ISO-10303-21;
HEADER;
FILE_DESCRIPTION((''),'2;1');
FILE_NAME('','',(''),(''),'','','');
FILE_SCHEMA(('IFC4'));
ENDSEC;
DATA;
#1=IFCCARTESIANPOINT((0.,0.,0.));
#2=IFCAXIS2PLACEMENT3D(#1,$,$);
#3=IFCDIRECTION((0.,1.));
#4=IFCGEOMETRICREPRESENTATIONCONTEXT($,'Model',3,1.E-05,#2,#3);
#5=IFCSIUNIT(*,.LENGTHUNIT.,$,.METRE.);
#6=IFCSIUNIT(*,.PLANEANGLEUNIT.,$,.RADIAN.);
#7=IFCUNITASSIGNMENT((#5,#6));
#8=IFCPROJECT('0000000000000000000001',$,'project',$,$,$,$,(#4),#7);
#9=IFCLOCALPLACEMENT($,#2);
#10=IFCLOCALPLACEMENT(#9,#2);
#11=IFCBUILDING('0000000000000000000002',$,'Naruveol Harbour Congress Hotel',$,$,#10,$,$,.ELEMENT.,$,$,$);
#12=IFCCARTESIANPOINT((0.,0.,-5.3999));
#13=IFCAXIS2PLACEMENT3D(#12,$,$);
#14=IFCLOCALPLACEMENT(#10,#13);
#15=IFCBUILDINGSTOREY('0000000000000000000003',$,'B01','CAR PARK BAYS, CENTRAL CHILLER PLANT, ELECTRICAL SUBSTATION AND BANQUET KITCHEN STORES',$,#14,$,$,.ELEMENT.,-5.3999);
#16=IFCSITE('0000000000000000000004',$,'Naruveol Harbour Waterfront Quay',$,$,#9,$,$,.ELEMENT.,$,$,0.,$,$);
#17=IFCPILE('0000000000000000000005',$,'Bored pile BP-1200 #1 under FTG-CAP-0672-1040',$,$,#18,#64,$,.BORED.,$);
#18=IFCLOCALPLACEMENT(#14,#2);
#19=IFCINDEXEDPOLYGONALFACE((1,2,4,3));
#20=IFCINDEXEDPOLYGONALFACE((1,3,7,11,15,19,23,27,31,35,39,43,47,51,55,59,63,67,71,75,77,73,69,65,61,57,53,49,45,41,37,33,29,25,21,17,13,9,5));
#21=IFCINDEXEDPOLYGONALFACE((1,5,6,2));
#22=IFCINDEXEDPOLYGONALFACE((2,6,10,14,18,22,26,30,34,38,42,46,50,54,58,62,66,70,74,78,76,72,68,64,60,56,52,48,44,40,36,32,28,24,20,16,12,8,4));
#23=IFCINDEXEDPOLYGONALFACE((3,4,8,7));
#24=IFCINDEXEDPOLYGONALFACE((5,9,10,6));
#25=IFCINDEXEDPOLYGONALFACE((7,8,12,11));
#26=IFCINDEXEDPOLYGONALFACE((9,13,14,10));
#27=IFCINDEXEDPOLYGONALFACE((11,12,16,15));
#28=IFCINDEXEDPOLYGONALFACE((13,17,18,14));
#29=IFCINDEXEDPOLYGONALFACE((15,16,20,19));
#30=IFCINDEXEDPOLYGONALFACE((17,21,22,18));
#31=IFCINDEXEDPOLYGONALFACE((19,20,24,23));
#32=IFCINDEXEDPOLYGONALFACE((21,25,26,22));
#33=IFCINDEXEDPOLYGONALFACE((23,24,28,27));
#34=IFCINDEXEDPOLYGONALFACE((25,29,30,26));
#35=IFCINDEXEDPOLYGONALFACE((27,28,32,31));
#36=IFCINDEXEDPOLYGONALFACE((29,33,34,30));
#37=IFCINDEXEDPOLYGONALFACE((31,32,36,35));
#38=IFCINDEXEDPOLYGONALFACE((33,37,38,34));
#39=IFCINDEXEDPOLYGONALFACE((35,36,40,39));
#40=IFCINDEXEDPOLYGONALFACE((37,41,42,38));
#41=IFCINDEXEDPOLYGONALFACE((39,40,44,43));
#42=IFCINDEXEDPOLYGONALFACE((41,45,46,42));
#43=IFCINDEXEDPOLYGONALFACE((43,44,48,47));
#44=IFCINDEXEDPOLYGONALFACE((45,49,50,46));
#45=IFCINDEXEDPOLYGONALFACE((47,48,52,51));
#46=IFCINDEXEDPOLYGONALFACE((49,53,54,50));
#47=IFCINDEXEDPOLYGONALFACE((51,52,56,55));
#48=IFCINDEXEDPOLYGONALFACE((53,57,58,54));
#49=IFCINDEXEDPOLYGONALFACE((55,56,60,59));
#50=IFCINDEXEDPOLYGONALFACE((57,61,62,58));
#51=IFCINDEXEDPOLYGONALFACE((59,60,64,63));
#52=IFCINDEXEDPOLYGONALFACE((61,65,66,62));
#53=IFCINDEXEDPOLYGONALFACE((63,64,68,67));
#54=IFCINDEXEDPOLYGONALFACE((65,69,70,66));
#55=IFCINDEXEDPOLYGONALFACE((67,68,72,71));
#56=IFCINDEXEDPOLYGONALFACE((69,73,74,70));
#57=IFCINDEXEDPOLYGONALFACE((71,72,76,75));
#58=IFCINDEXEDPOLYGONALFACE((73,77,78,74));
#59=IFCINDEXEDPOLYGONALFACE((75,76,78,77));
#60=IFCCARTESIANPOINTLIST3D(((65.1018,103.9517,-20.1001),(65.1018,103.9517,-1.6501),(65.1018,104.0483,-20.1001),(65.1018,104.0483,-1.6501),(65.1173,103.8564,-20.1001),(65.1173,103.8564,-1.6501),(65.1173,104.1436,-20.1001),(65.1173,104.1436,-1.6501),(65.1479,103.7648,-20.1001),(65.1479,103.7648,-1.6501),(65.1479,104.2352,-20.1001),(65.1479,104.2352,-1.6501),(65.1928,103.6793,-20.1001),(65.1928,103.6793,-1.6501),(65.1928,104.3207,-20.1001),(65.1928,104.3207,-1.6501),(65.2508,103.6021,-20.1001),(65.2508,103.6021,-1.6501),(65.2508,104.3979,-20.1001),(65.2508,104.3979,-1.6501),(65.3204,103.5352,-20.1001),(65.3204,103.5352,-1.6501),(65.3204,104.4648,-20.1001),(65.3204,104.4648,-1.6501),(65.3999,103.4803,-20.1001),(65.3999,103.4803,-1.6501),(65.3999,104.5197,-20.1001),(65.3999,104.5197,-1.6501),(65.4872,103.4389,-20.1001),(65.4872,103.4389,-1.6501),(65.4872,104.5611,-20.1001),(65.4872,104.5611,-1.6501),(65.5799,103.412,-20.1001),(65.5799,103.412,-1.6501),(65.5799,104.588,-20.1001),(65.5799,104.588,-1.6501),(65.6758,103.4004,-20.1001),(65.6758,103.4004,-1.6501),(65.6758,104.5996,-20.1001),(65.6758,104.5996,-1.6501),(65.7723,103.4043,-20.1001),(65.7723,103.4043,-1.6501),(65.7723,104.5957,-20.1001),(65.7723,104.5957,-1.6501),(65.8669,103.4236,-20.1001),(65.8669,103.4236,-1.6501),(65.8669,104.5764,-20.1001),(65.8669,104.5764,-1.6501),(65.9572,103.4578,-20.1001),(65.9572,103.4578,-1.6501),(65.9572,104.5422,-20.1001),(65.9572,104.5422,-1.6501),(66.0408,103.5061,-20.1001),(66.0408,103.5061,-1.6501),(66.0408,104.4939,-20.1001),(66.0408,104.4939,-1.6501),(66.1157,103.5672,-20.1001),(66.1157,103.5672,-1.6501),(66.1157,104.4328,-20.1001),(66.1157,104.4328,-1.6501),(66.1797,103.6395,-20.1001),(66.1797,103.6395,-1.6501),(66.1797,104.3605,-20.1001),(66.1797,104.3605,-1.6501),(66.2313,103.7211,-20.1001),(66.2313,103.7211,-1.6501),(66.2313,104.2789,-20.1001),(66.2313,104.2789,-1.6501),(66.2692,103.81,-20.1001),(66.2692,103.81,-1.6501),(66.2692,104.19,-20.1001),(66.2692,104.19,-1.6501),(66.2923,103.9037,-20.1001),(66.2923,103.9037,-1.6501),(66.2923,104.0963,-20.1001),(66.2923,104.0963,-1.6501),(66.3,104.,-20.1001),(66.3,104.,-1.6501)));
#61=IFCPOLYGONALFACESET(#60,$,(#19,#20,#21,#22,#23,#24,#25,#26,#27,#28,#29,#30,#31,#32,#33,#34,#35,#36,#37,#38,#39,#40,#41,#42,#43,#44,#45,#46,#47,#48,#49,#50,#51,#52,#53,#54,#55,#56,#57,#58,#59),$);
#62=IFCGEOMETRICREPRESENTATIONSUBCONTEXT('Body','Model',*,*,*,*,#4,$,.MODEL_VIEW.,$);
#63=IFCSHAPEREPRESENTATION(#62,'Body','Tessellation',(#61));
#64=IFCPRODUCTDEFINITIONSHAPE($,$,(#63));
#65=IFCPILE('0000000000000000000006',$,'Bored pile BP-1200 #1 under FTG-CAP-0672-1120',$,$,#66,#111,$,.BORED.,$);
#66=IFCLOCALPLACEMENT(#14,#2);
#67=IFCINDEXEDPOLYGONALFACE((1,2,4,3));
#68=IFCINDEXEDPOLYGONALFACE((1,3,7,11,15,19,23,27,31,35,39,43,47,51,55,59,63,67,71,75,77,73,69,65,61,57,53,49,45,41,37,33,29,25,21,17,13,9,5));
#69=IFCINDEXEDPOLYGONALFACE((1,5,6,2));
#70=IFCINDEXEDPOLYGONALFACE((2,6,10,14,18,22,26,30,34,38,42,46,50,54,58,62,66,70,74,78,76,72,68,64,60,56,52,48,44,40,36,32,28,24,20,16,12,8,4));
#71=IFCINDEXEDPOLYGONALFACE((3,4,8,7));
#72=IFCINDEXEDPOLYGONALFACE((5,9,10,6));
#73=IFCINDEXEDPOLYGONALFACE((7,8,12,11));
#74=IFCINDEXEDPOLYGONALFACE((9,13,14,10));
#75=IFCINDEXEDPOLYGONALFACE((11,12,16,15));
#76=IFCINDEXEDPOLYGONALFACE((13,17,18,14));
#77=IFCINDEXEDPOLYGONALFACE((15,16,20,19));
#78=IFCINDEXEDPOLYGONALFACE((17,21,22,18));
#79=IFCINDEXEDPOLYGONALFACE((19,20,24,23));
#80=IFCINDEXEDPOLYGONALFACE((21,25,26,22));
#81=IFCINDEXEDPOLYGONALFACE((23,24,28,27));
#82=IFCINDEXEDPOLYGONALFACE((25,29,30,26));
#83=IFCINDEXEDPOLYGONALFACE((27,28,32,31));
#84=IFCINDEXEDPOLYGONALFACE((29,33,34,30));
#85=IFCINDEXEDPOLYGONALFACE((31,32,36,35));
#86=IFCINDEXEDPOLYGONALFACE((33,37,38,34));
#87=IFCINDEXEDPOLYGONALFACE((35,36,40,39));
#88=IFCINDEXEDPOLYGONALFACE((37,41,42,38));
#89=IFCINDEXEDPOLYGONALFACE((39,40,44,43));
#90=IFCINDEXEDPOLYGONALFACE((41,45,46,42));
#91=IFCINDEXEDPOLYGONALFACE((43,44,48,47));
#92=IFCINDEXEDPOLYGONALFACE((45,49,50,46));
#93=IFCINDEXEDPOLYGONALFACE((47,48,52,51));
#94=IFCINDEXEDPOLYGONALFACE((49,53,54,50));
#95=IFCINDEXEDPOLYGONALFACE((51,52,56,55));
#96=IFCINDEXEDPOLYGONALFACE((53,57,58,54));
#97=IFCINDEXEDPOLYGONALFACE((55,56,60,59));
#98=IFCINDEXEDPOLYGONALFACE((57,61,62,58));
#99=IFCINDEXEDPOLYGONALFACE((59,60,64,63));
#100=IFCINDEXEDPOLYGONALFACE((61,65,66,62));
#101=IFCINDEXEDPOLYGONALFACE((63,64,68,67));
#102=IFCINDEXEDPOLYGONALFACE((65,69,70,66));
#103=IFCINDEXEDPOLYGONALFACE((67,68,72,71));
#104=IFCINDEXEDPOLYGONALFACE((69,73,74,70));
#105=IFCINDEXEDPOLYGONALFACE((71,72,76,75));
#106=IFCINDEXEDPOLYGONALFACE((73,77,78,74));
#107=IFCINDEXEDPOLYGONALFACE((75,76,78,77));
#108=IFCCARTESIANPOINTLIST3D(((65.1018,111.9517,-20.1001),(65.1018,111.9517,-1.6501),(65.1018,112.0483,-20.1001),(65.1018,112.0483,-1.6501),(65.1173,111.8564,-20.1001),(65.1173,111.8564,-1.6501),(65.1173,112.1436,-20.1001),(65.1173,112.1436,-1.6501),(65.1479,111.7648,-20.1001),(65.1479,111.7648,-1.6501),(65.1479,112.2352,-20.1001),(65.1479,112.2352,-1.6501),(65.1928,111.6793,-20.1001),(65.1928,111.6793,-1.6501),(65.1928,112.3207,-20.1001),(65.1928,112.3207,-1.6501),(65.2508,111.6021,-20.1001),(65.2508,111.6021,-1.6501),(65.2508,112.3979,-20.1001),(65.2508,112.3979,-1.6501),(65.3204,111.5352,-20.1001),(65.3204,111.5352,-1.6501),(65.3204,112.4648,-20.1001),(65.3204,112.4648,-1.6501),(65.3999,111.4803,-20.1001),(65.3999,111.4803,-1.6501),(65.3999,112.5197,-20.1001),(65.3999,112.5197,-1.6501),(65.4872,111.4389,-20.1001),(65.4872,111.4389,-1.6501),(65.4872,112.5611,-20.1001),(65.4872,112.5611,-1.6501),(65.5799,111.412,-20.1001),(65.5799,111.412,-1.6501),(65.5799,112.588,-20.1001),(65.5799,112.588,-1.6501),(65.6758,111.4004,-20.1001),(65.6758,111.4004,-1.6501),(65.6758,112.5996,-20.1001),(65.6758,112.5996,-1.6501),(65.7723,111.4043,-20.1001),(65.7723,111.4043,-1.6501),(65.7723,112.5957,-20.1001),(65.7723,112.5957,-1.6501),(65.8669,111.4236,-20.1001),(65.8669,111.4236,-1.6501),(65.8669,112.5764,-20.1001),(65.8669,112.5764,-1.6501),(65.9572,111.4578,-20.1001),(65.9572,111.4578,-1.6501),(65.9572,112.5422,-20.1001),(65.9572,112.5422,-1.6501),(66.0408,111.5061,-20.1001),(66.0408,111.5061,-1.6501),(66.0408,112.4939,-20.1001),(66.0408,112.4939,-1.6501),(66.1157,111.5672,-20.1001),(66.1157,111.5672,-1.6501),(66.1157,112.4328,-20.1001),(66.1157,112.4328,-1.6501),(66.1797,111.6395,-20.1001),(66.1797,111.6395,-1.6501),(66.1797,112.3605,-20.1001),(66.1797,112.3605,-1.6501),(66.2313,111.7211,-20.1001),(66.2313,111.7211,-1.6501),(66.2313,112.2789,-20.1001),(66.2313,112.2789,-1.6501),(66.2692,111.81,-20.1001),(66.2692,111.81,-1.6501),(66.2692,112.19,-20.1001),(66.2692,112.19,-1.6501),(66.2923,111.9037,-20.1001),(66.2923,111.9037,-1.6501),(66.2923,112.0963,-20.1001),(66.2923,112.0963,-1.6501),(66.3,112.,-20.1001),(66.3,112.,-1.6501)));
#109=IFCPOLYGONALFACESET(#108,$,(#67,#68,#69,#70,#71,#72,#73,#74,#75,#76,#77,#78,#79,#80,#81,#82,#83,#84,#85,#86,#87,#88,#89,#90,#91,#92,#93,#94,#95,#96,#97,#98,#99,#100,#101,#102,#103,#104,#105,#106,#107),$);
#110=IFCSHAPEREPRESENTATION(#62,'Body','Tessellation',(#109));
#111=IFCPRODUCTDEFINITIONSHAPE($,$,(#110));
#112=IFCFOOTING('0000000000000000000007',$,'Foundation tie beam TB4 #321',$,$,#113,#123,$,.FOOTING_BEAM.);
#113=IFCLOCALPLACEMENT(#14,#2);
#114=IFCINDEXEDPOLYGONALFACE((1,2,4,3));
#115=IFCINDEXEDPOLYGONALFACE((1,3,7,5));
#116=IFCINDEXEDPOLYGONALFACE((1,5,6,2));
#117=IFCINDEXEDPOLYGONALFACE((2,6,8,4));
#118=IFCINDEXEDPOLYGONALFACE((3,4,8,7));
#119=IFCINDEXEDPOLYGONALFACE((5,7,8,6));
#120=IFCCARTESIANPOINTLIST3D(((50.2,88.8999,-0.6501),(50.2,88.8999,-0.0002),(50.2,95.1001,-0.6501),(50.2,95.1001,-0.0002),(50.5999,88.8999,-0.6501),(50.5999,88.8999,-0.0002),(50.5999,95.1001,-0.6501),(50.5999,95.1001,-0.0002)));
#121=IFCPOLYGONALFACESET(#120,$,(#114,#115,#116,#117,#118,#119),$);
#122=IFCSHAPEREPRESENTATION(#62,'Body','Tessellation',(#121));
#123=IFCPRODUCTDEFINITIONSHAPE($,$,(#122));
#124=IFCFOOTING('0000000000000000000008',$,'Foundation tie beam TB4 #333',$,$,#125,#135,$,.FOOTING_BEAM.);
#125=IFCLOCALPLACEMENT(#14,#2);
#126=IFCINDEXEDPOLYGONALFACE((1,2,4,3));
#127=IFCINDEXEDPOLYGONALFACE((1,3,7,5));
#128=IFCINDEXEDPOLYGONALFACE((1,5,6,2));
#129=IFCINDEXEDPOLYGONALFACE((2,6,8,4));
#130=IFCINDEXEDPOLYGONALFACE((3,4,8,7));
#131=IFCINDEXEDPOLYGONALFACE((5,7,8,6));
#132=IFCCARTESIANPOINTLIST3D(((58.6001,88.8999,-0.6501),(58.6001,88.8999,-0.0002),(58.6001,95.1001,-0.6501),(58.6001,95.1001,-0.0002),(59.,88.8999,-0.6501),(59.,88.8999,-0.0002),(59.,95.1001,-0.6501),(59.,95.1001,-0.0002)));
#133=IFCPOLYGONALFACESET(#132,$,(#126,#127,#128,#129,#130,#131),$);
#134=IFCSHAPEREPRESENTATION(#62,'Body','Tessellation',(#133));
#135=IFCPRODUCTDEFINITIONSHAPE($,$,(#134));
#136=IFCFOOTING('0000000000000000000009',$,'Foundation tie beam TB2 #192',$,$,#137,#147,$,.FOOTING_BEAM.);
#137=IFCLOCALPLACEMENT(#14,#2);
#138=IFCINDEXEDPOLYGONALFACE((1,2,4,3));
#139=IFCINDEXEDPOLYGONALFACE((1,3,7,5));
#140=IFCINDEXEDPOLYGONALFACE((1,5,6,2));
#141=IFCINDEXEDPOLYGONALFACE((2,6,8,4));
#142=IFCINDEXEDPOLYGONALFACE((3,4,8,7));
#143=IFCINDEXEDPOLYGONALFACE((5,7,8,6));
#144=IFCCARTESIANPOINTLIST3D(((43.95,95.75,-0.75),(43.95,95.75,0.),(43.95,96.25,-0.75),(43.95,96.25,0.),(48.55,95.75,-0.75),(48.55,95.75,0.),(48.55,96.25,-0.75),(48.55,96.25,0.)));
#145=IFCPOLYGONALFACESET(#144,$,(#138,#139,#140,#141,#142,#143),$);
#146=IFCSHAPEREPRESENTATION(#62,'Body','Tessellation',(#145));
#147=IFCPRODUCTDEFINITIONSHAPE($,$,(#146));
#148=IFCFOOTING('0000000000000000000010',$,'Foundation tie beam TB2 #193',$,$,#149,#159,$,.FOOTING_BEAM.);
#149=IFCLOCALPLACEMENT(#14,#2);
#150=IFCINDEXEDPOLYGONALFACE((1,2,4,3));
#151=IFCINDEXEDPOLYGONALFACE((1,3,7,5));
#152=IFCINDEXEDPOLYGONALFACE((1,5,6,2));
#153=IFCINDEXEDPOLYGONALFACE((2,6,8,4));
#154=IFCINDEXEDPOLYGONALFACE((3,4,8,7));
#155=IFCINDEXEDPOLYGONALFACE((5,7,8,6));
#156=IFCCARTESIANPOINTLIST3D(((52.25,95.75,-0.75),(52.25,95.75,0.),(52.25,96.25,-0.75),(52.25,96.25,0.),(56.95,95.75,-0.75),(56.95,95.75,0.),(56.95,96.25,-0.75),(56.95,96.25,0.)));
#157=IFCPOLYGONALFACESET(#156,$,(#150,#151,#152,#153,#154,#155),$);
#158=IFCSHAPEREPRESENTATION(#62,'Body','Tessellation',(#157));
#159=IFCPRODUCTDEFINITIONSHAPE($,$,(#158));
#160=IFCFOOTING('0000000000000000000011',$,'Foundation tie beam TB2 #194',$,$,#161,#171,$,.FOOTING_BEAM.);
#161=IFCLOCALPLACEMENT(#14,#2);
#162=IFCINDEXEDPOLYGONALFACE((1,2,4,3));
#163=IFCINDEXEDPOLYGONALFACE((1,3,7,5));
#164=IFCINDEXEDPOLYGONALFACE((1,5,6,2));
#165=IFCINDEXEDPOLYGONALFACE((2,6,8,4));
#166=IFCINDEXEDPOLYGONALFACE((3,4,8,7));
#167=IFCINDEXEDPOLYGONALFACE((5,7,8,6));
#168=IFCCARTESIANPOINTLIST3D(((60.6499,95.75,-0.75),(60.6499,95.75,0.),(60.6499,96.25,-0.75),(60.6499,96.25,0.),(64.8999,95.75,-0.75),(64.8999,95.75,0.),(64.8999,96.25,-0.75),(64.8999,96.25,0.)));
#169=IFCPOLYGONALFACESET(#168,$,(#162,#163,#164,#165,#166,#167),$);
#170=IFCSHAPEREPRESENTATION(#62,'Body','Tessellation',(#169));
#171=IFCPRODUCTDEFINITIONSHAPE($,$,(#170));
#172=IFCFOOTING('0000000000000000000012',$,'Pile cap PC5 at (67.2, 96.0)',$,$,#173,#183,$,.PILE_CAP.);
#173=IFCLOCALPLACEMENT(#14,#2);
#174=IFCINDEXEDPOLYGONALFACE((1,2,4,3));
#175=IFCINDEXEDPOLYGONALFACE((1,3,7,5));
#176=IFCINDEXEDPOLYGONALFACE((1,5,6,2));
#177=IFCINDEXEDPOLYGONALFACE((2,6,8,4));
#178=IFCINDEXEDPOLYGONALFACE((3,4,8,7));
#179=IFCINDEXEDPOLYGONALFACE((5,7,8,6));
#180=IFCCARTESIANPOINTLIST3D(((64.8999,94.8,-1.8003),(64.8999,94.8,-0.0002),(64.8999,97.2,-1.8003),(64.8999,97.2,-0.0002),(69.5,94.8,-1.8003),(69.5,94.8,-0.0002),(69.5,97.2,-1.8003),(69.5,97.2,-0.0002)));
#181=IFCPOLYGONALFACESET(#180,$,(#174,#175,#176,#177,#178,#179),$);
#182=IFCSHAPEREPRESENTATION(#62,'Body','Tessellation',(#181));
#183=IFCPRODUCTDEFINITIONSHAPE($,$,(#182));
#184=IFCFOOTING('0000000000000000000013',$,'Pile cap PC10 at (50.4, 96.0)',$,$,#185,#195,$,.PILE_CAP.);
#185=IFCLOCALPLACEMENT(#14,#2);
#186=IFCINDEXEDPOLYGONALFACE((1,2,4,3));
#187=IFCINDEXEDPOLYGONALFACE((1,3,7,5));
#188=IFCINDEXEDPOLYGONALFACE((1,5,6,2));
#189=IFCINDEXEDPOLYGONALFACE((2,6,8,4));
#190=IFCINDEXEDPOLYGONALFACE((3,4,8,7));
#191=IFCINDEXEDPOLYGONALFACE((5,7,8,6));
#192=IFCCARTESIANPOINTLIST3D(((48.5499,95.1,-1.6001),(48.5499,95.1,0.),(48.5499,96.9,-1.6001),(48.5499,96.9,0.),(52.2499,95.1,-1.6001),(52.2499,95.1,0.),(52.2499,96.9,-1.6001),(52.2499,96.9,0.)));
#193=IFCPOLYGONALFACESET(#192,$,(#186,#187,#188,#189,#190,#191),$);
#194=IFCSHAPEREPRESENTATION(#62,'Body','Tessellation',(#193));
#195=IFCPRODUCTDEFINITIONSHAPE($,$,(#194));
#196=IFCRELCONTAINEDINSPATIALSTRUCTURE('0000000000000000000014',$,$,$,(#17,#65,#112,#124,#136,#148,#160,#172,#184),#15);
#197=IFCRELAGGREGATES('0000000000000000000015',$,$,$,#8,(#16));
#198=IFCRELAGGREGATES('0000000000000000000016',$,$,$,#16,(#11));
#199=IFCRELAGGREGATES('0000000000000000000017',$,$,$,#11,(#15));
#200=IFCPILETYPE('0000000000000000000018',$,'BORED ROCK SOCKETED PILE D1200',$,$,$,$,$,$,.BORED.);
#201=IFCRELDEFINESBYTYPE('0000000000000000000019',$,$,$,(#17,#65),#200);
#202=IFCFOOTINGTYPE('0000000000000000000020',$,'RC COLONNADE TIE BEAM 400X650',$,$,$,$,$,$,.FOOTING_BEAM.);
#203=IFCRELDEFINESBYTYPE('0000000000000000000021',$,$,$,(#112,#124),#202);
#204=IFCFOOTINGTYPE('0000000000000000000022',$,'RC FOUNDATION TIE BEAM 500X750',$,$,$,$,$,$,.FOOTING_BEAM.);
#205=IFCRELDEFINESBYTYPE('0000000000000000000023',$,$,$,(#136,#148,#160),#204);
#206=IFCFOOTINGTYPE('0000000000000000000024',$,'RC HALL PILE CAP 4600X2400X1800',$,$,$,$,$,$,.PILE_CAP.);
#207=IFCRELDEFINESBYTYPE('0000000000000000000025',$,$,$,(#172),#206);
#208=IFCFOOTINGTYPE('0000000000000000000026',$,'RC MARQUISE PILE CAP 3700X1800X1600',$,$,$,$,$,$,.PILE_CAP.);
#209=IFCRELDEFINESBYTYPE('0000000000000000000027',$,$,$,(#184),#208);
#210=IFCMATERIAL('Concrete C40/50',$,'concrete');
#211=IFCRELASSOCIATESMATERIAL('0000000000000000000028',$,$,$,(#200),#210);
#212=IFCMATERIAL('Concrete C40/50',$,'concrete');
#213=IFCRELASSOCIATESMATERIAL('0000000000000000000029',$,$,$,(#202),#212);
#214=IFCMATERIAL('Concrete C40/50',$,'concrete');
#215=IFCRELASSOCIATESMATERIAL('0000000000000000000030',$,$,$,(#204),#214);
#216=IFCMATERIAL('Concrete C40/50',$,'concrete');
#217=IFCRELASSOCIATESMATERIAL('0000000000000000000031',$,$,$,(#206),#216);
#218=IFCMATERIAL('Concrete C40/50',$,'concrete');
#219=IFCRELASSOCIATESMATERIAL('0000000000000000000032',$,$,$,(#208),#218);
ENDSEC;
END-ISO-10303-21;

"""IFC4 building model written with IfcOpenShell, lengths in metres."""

from ifc_helpers import new_model, si_unit, direction, frame, origin, origin_2d, place, context, subcontext, project, spatial, rectangle, circle, extrude, material, material_profile, profile_set, type_object, element, save


model = new_model("IFC4")

# Units and contexts
model_context = context("Model", 3, precision=1e-05, world=origin(), true_north=direction((0.0, 1.0)))
body_context = subcontext(model_context, "Body", "Model", "MODEL_VIEW")
ifc_project = project(units=[si_unit("LENGTHUNIT", "METRE"), si_unit("PLANEANGLEUNIT", "RADIAN")], contexts=[model_context])

# Site, building, storey
site_placement = place(None, origin())
site = spatial("IfcSite", under=ifc_project, at=site_placement, Name="Naruveol Harbour Waterfront Quay", CompositionType="ELEMENT", RefElevation=0.0)
building_placement = place(site_placement, origin())
building = spatial("IfcBuilding", under=site, at=building_placement, Name="Naruveol Harbour Congress Hotel", CompositionType="ELEMENT")
storey_placement = place(building_placement, frame((0.0, 0.0, -5.3999)))
storey = spatial("IfcBuildingStorey", under=building, at=storey_placement, Name="B01", Description="CAR PARK BAYS, CENTRAL CHILLER PLANT, ELECTRICAL SUBSTATION AND BANQUET KITCHEN STORES", CompositionType="ELEMENT", Elevation=-5.3999)

# Piles
ifc_material_1 = material(Name="Concrete C40/50", Category="concrete")
ifc_material_profile_1 = material_profile(ifc_material_1, circle(Radius=0.6001, at=origin_2d()), Name="BP-1200")
ifc_profile_set_1 = profile_set([ifc_material_profile_1], Name="Concrete C40/50")
pile_type_1 = type_object("IfcPileType", Name="BORED ROCK SOCKETED PILE D1200", PredefinedType="BORED", material=ifc_profile_set_1)
for number, where, z_axis, x_axis, name in (
    (1, (65.7, 104.0, -1.6501), (0.0, 0.0, -1.0), (1.0, 0.0, 0.0), "Bored pile BP-1200 #1 under FTG-CAP-0672-1040"),
    (2, (65.7, 112.0, -1.6501), (0.0, 0.0, -1.0), (1.0, 0.0, 0.0), "Bored pile BP-1200 #1 under FTG-CAP-0672-1120"),
):
    element("IfcPile", number, at=place(storey_placement, frame(where, z_axis=z_axis, x_axis=x_axis)), inside=storey, type_object=pile_type_1, Name=name, PredefinedType="BORED", context=body_context, shape_type="SweptSolid", body=[
        extrude(circle(Radius=0.6001, at=origin_2d()), origin(), (0.0, 0.0, 1.0), 18.45),
    ])

# Footings
ifc_material_2 = material(Name="Concrete C40/50", Category="concrete")
ifc_material_profile_2 = material_profile(ifc_material_2, rectangle(XDim=0.3999, YDim=0.6499, at=origin_2d()), Name="RCB-400x650")
ifc_profile_set_2 = profile_set([ifc_material_profile_2], Name="Concrete C40/50")
footing_type_1 = type_object("IfcFootingType", Name="RC COLONNADE TIE BEAM 400X650", PredefinedType="FOOTING_BEAM", material=ifc_profile_set_2)
for number, where, z_axis, x_axis, name in (
    (3, (50.3999, 88.8999, -0.3252), (0.0, 1.0, 0.0), (-1.0, 0.0, 0.0), "Foundation tie beam TB4 #321"),
    (4, (58.8, 88.8999, -0.3252), (0.0, 1.0, 0.0), (-1.0, 0.0, 0.0), "Foundation tie beam TB4 #333"),
):
    element("IfcFooting", number, at=place(storey_placement, frame(where, z_axis=z_axis, x_axis=x_axis)), inside=storey, type_object=footing_type_1, Name=name, PredefinedType="FOOTING_BEAM", context=body_context, shape_type="SweptSolid", body=[
        extrude(rectangle(XDim=0.3999, YDim=0.6499, at=origin_2d()), origin(), (0.0, 0.0, 1.0), 6.2002),
    ])
ifc_material_3 = material(Name="Concrete C40/50", Category="concrete")
ifc_material_profile_3 = material_profile(ifc_material_3, rectangle(XDim=0.5, YDim=0.75, at=origin_2d()), Name="RCB-500x750")
ifc_profile_set_3 = profile_set([ifc_material_profile_3], Name="Concrete C40/50")
footing_type_2 = type_object("IfcFootingType", Name="RC FOUNDATION TIE BEAM 500X750", PredefinedType="FOOTING_BEAM", material=ifc_profile_set_3)
footing_1_placement = place(storey_placement, frame((43.95, 96.0, -0.375), z_axis=(1.0, 0.0, 0.0), x_axis=(0.0, 1.0, 0.0)))
element("IfcFooting", 5, at=footing_1_placement, inside=storey, type_object=footing_type_2, Name="Foundation tie beam TB2 #192", PredefinedType="FOOTING_BEAM", context=body_context, shape_type="SweptSolid", body=[
    extrude(rectangle(XDim=0.5, YDim=0.75, at=origin_2d()), origin(), (0.0, 0.0, 1.0), 4.6001),
])
footing_2_placement = place(storey_placement, frame((52.25, 96.0, -0.375), z_axis=(1.0, 0.0, 0.0), x_axis=(0.0, 1.0, 0.0)))
element("IfcFooting", 6, at=footing_2_placement, inside=storey, type_object=footing_type_2, Name="Foundation tie beam TB2 #193", PredefinedType="FOOTING_BEAM", context=body_context, shape_type="SweptSolid", body=[
    extrude(rectangle(XDim=0.5, YDim=0.75, at=origin_2d()), origin(), (0.0, 0.0, 1.0), 4.7),
])
footing_3_placement = place(storey_placement, frame((60.6499, 96.0, -0.375), z_axis=(1.0, 0.0, 0.0), x_axis=(0.0, 1.0, 0.0)))
element("IfcFooting", 7, at=footing_3_placement, inside=storey, type_object=footing_type_2, Name="Foundation tie beam TB2 #194", PredefinedType="FOOTING_BEAM", context=body_context, shape_type="SweptSolid", body=[
    extrude(rectangle(XDim=0.5, YDim=0.75, at=origin_2d()), origin(), (0.0, 0.0, 1.0), 4.25),
])
ifc_material_4 = material(Name="Concrete C40/50", Category="concrete")
footing_type_3 = type_object("IfcFootingType", Name="RC HALL PILE CAP 4600X2400X1800", PredefinedType="PILE_CAP", material=ifc_material_4)
footing_4_placement = place(storey_placement, frame((67.2, 96.0, -1.8003), z_axis=(0.0, 0.0, 1.0), x_axis=(1.0, 0.0, 0.0)))
element("IfcFooting", 8, at=footing_4_placement, inside=storey, type_object=footing_type_3, Name="Pile cap PC5 at (67.2, 96.0)", PredefinedType="PILE_CAP", context=body_context, shape_type="SweptSolid", body=[
    extrude(rectangle(XDim=4.6001, YDim=2.3999, at=origin_2d()), origin(), (0.0, 0.0, 1.0), 1.8),
])
ifc_material_5 = material(Name="Concrete C40/50", Category="concrete")
footing_type_4 = type_object("IfcFootingType", Name="RC MARQUISE PILE CAP 3700X1800X1600", PredefinedType="PILE_CAP", material=ifc_material_5)
for number, where, z_axis, x_axis, name in (
    (9, (50.3999, 96.0, -1.6001), (0.0, 0.0, 1.0), (1.0, 0.0, 0.0), "Pile cap PC10 at (50.4, 96.0)"),
):
    element("IfcFooting", number, at=place(storey_placement, frame(where, z_axis=z_axis, x_axis=x_axis)), inside=storey, type_object=footing_type_4, Name=name, PredefinedType="PILE_CAP", context=body_context, shape_type="SweptSolid", body=[
        extrude(rectangle(XDim=3.7, YDim=1.8, at=origin_2d()), origin(), (0.0, 0.0, 1.0), 1.6001),
    ])

save(model, "model.ifc")
